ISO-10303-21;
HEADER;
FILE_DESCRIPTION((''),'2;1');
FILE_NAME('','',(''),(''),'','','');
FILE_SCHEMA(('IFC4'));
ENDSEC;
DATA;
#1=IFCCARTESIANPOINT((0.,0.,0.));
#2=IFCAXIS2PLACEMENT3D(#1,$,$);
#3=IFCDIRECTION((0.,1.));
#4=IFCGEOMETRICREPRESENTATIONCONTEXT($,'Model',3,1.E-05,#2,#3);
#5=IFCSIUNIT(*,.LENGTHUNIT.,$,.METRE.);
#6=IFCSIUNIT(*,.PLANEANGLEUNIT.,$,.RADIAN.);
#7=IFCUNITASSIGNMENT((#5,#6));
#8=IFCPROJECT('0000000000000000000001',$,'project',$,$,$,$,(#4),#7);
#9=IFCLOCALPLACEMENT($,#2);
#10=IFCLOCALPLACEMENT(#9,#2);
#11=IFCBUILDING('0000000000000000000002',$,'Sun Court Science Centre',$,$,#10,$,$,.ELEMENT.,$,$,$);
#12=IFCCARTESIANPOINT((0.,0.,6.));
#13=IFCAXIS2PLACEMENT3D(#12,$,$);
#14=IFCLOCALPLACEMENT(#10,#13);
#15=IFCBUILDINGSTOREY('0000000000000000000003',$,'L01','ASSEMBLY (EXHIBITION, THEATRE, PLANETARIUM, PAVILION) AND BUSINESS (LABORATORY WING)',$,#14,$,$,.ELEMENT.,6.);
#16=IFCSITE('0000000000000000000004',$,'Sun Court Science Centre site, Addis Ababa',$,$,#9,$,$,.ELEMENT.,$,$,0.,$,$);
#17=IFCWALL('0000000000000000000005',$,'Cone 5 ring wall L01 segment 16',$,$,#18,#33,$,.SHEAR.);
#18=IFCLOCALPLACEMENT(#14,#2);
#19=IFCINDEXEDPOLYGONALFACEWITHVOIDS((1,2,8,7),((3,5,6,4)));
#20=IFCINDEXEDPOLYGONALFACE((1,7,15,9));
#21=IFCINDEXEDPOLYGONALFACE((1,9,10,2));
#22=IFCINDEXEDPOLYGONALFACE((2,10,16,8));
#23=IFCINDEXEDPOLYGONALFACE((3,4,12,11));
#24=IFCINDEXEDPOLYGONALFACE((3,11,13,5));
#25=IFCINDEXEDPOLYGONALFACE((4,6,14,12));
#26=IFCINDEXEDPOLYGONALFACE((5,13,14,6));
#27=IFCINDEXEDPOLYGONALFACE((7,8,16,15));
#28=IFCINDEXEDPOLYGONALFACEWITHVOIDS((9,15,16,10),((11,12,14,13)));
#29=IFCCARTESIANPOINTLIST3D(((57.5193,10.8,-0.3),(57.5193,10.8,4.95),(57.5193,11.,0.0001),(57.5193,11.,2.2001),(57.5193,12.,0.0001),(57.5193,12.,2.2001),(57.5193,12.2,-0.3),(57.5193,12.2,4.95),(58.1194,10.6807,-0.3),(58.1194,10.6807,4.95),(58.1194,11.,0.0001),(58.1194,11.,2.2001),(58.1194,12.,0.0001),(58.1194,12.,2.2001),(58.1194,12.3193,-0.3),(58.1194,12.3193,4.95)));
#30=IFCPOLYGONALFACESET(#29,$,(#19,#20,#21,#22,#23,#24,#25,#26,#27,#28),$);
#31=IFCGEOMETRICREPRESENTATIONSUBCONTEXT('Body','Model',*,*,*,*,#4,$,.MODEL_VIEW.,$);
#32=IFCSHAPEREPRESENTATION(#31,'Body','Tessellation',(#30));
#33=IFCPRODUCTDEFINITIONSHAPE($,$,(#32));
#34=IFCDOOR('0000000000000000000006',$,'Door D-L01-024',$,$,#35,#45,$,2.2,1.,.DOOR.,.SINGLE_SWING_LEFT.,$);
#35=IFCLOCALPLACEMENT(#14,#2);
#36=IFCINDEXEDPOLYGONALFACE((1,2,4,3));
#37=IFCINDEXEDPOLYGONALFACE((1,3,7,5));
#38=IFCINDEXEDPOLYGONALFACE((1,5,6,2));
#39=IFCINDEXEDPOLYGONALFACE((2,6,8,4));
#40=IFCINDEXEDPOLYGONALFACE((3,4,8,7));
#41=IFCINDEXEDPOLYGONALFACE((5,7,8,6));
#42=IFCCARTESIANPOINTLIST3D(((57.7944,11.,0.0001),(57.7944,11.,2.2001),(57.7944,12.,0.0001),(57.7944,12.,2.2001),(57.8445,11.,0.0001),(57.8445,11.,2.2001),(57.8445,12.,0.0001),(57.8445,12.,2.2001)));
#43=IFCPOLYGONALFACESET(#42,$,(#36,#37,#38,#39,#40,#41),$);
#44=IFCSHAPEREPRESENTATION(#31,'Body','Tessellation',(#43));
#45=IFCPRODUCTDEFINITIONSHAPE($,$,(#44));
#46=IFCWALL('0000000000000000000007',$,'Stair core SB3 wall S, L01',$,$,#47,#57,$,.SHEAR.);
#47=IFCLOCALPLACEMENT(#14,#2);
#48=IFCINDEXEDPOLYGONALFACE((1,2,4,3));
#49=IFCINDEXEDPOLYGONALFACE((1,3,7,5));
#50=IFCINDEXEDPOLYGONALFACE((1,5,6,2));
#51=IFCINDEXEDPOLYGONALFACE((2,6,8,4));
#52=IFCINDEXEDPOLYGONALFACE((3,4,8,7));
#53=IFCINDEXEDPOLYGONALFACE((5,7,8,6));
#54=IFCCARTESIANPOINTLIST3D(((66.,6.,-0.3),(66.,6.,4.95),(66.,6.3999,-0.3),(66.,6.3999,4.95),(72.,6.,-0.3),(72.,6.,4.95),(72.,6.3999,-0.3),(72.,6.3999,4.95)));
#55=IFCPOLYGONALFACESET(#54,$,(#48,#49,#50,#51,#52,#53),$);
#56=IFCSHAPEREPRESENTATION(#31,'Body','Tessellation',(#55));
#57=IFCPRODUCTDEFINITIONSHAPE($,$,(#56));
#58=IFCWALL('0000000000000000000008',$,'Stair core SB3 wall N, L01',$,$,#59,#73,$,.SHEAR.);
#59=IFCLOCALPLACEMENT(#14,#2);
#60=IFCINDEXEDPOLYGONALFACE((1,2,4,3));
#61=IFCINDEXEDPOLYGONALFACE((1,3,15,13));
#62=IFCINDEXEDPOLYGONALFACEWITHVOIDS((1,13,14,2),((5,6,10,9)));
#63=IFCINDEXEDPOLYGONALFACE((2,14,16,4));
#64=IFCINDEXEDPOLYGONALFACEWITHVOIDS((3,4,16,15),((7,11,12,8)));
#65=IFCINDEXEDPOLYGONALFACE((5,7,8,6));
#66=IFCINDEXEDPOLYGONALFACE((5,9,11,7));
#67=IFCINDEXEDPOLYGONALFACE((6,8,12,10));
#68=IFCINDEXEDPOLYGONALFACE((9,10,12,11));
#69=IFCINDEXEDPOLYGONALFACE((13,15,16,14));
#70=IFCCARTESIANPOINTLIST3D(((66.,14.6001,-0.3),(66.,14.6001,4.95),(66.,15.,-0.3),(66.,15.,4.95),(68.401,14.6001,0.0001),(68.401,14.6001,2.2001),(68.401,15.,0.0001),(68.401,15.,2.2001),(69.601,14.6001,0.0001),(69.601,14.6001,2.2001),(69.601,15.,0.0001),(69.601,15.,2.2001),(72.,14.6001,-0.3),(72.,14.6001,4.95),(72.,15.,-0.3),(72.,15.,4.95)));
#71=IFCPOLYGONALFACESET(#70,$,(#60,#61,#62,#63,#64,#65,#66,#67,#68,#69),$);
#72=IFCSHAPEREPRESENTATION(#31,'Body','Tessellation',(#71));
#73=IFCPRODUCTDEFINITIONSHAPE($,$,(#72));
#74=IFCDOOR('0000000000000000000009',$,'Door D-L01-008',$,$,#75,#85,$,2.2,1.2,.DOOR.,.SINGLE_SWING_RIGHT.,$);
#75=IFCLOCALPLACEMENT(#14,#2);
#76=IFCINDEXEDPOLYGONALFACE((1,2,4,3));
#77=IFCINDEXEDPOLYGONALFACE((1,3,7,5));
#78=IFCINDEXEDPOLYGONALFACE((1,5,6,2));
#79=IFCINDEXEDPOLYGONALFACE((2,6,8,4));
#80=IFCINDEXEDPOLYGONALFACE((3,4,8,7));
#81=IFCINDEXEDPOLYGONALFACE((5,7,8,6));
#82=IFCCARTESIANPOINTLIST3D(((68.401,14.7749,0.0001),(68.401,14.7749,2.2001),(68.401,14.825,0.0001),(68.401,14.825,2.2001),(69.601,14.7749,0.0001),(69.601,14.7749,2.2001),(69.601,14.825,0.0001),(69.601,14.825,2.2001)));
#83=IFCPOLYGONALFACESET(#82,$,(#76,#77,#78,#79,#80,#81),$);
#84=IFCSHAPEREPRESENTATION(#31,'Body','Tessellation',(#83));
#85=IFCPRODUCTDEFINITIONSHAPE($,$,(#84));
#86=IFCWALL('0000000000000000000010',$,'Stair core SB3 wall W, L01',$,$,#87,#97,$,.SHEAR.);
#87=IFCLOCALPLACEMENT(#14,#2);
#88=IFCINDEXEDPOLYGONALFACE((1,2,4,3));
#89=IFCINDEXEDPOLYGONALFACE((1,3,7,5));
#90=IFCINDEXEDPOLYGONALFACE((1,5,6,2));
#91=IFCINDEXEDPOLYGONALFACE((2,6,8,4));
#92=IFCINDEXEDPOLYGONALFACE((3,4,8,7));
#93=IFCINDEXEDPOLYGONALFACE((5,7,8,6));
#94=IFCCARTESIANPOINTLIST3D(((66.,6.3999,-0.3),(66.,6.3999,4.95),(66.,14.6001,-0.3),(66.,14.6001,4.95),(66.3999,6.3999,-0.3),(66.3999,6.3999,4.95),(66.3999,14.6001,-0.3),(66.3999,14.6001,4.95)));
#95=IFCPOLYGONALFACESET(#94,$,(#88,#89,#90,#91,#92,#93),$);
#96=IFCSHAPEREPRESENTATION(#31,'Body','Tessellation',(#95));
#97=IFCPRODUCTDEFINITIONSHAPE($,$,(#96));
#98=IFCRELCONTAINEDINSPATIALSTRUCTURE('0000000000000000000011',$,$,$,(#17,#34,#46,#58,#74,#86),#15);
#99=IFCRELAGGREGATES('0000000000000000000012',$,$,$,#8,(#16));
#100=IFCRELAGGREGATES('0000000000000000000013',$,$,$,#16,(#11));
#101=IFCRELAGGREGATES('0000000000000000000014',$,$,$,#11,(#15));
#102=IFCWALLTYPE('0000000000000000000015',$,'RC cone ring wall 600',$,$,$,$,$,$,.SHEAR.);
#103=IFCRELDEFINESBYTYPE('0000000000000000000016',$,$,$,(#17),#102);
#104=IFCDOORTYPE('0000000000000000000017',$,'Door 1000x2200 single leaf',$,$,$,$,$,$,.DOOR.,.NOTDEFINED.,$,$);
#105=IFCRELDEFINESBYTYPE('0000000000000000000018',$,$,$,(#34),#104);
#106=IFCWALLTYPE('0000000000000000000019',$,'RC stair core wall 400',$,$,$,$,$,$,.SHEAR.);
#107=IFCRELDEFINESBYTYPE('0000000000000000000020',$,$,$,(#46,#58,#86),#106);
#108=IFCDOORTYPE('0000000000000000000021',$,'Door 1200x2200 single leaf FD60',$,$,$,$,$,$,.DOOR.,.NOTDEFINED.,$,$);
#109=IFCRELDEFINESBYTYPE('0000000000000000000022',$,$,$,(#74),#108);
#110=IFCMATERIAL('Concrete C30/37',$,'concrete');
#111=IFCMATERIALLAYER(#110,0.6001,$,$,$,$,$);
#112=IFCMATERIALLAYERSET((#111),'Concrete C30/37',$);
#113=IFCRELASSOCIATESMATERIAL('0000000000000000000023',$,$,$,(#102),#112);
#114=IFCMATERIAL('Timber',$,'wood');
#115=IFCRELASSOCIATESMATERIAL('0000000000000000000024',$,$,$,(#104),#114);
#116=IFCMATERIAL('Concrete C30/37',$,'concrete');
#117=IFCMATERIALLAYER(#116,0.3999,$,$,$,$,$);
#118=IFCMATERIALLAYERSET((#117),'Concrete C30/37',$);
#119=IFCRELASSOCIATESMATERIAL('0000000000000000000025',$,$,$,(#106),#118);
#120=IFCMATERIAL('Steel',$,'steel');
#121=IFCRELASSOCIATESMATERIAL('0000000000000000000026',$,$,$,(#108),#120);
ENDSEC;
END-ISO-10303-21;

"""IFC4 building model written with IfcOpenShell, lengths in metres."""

from ifc_helpers import new_model, si_unit, direction, frame, frame_2d, origin, place, context, subcontext, project, spatial, polyline, rectangle, outline, extrude, material, layer, layer_set, type_object, element, fill, save


model = new_model("IFC4")

# Units and contexts
model_context = context("Model", 3, precision=1e-05, world=origin(), true_north=direction((0.0, 1.0)))
body_context = subcontext(model_context, "Body", "Model", "MODEL_VIEW")
ifc_project = project(units=[si_unit("LENGTHUNIT", "METRE"), si_unit("PLANEANGLEUNIT", "RADIAN")], contexts=[model_context])

# Site, building, storey
site_placement = place(None, origin())
site = spatial("IfcSite", under=ifc_project, at=site_placement, Name="Sun Court Science Centre site, Addis Ababa", CompositionType="ELEMENT", RefElevation=0.0)
building_placement = place(site_placement, origin())
building = spatial("IfcBuilding", under=site, at=building_placement, Name="Sun Court Science Centre", CompositionType="ELEMENT")
storey_placement = place(building_placement, frame((0.0, 0.0, 6.0)))
storey = spatial("IfcBuildingStorey", under=building, at=storey_placement, Name="L01", Description="ASSEMBLY (EXHIBITION, THEATRE, PLANETARIUM, PAVILION) AND BUSINESS (LABORATORY WING)", CompositionType="ELEMENT", Elevation=6.0)

# Shared definitions
ifc_material_1 = material(Name="Concrete C30/37", Category="concrete")
ifc_layer_1 = layer(ifc_material_1, 0.6001)
ifc_layer_set_1 = layer_set([ifc_layer_1], Name="Concrete C30/37")
wall_type_1 = type_object("IfcWallType", Name="RC cone ring wall 600", PredefinedType="SHEAR", material=ifc_layer_set_1)

# Wall, opening, door
wall_1_placement = place(storey_placement, frame((57.8193, 10.6807, -0.3), z_axis=(0.0, 0.0, 1.0), x_axis=(0.0, 1.0, 0.0)))
wall_1 = element("IfcWall", 1, at=wall_1_placement, inside=storey, type_object=wall_type_1, Name="Cone 5 ring wall L01 segment 16", PredefinedType="SHEAR", context=body_context, shape_type="SweptSolid", body=[
    extrude(outline(polyline([(0.0, -0.3), (1.6387, -0.3), (1.5193, 0.3), (0.1194, 0.3), (0.0, -0.3)])), origin(), (0.0, 0.0, 1.0), 5.25),
])
opening_1_placement = place(wall_1_placement, frame((0.3193, 0.0, 0.3)))
opening_1 = element("IfcOpeningElement", 2, at=opening_1_placement, cuts=wall_1, PredefinedType="OPENING", context=body_context, shape_type="SweptSolid", body=[
    extrude(rectangle(XDim=1.0, YDim=2.2, at=frame_2d((0.5, 1.1001))), frame((0.0, 0.3101, 0.0), z_axis=(0.0, -1.0, 0.0), x_axis=(1.0, 0.0, 0.0)), (0.0, 0.0, 1.0), 0.6201),
])
ifc_material_2 = material(Name="Timber", Category="wood")
door_type_1 = type_object("IfcDoorType", Name="Door 1000x2200 single leaf", OperationType="NOTDEFINED", PredefinedType="DOOR", material=ifc_material_2)
door_1_placement = place(opening_1_placement, origin())
door_1 = element("IfcDoor", 3, at=door_1_placement, inside=storey, type_object=door_type_1, Name="Door D-L01-024", OperationType="SINGLE_SWING_LEFT", OverallHeight=2.2, OverallWidth=1.0, PredefinedType="DOOR", context=body_context, shape_type="SweptSolid", body=[
    extrude(rectangle(XDim=1.0, YDim=2.2, at=frame_2d((0.5, 1.1001))), frame((0.0, 0.0249, 0.0), z_axis=(0.0, -1.0, 0.0), x_axis=(1.0, 0.0, 0.0)), (0.0, 0.0, 1.0), 0.05),
])
fill(opening_1, door_1)

# Wall
ifc_material_3 = material(Name="Concrete C30/37", Category="concrete")
ifc_layer_2 = layer(ifc_material_3, 0.3999)
ifc_layer_set_2 = layer_set([ifc_layer_2], Name="Concrete C30/37")
wall_type_2 = type_object("IfcWallType", Name="RC stair core wall 400", PredefinedType="SHEAR", material=ifc_layer_set_2)
wall_2_placement = place(storey_placement, frame((66.0, 6.2, -0.3), z_axis=(0.0, 0.0, 1.0), x_axis=(1.0, 0.0, 0.0)))
element("IfcWall", 4, at=wall_2_placement, inside=storey, type_object=wall_type_2, Name="Stair core SB3 wall S, L01", PredefinedType="SHEAR", context=body_context, shape_type="SweptSolid", body=[
    extrude(rectangle(XDim=6.0, YDim=0.3999, at=frame_2d((3.0, 0.0))), origin(), (0.0, 0.0, 1.0), 5.25),
])

# Wall, opening, door
wall_3_placement = place(storey_placement, frame((66.0, 14.8, -0.3), z_axis=(0.0, 0.0, 1.0), x_axis=(1.0, 0.0, 0.0)))
wall_3 = element("IfcWall", 5, at=wall_3_placement, inside=storey, type_object=wall_type_2, Name="Stair core SB3 wall N, L01", PredefinedType="SHEAR", context=body_context, shape_type="SweptSolid", body=[
    extrude(rectangle(XDim=6.0, YDim=0.3999, at=frame_2d((3.0, 0.0))), origin(), (0.0, 0.0, 1.0), 5.25),
])
opening_2_placement = place(wall_3_placement, frame((2.4009, 0.0, 0.3)))
opening_2 = element("IfcOpeningElement", 6, at=opening_2_placement, cuts=wall_3, PredefinedType="OPENING", context=body_context, shape_type="SweptSolid", body=[
    extrude(rectangle(XDim=1.2, YDim=2.2, at=frame_2d((0.6001, 1.1001))), frame((0.0, 0.21, 0.0), z_axis=(0.0, -1.0, 0.0), x_axis=(1.0, 0.0, 0.0)), (0.0, 0.0, 1.0), 0.4199),
])
ifc_material_4 = material(Name="Steel", Category="steel")
door_type_2 = type_object("IfcDoorType", Name="Door 1200x2200 single leaf FD60", OperationType="NOTDEFINED", PredefinedType="DOOR", material=ifc_material_4)
door_2_placement = place(opening_2_placement, origin())
door_2 = element("IfcDoor", 7, at=door_2_placement, inside=storey, type_object=door_type_2, Name="Door D-L01-008", OperationType="SINGLE_SWING_RIGHT", OverallHeight=2.2, OverallWidth=1.2, PredefinedType="DOOR", context=body_context, shape_type="SweptSolid", body=[
    extrude(rectangle(XDim=1.2, YDim=2.2, at=frame_2d((0.6001, 1.1001))), frame((0.0, 0.0249, 0.0), z_axis=(0.0, -1.0, 0.0), x_axis=(1.0, 0.0, 0.0)), (0.0, 0.0, 1.0), 0.05),
])
fill(opening_2, door_2)

# Wall
wall_4_placement = place(storey_placement, frame((66.2, 6.3999, -0.3), z_axis=(0.0, 0.0, 1.0), x_axis=(0.0, 1.0, 0.0)))
element("IfcWall", 8, at=wall_4_placement, inside=storey, type_object=wall_type_2, Name="Stair core SB3 wall W, L01", PredefinedType="SHEAR", context=body_context, shape_type="SweptSolid", body=[
    extrude(rectangle(XDim=8.2002, YDim=0.3999, at=frame_2d((4.1001, 0.0))), origin(), (0.0, 0.0, 1.0), 5.25),
])

save(model, "model.ifc")
